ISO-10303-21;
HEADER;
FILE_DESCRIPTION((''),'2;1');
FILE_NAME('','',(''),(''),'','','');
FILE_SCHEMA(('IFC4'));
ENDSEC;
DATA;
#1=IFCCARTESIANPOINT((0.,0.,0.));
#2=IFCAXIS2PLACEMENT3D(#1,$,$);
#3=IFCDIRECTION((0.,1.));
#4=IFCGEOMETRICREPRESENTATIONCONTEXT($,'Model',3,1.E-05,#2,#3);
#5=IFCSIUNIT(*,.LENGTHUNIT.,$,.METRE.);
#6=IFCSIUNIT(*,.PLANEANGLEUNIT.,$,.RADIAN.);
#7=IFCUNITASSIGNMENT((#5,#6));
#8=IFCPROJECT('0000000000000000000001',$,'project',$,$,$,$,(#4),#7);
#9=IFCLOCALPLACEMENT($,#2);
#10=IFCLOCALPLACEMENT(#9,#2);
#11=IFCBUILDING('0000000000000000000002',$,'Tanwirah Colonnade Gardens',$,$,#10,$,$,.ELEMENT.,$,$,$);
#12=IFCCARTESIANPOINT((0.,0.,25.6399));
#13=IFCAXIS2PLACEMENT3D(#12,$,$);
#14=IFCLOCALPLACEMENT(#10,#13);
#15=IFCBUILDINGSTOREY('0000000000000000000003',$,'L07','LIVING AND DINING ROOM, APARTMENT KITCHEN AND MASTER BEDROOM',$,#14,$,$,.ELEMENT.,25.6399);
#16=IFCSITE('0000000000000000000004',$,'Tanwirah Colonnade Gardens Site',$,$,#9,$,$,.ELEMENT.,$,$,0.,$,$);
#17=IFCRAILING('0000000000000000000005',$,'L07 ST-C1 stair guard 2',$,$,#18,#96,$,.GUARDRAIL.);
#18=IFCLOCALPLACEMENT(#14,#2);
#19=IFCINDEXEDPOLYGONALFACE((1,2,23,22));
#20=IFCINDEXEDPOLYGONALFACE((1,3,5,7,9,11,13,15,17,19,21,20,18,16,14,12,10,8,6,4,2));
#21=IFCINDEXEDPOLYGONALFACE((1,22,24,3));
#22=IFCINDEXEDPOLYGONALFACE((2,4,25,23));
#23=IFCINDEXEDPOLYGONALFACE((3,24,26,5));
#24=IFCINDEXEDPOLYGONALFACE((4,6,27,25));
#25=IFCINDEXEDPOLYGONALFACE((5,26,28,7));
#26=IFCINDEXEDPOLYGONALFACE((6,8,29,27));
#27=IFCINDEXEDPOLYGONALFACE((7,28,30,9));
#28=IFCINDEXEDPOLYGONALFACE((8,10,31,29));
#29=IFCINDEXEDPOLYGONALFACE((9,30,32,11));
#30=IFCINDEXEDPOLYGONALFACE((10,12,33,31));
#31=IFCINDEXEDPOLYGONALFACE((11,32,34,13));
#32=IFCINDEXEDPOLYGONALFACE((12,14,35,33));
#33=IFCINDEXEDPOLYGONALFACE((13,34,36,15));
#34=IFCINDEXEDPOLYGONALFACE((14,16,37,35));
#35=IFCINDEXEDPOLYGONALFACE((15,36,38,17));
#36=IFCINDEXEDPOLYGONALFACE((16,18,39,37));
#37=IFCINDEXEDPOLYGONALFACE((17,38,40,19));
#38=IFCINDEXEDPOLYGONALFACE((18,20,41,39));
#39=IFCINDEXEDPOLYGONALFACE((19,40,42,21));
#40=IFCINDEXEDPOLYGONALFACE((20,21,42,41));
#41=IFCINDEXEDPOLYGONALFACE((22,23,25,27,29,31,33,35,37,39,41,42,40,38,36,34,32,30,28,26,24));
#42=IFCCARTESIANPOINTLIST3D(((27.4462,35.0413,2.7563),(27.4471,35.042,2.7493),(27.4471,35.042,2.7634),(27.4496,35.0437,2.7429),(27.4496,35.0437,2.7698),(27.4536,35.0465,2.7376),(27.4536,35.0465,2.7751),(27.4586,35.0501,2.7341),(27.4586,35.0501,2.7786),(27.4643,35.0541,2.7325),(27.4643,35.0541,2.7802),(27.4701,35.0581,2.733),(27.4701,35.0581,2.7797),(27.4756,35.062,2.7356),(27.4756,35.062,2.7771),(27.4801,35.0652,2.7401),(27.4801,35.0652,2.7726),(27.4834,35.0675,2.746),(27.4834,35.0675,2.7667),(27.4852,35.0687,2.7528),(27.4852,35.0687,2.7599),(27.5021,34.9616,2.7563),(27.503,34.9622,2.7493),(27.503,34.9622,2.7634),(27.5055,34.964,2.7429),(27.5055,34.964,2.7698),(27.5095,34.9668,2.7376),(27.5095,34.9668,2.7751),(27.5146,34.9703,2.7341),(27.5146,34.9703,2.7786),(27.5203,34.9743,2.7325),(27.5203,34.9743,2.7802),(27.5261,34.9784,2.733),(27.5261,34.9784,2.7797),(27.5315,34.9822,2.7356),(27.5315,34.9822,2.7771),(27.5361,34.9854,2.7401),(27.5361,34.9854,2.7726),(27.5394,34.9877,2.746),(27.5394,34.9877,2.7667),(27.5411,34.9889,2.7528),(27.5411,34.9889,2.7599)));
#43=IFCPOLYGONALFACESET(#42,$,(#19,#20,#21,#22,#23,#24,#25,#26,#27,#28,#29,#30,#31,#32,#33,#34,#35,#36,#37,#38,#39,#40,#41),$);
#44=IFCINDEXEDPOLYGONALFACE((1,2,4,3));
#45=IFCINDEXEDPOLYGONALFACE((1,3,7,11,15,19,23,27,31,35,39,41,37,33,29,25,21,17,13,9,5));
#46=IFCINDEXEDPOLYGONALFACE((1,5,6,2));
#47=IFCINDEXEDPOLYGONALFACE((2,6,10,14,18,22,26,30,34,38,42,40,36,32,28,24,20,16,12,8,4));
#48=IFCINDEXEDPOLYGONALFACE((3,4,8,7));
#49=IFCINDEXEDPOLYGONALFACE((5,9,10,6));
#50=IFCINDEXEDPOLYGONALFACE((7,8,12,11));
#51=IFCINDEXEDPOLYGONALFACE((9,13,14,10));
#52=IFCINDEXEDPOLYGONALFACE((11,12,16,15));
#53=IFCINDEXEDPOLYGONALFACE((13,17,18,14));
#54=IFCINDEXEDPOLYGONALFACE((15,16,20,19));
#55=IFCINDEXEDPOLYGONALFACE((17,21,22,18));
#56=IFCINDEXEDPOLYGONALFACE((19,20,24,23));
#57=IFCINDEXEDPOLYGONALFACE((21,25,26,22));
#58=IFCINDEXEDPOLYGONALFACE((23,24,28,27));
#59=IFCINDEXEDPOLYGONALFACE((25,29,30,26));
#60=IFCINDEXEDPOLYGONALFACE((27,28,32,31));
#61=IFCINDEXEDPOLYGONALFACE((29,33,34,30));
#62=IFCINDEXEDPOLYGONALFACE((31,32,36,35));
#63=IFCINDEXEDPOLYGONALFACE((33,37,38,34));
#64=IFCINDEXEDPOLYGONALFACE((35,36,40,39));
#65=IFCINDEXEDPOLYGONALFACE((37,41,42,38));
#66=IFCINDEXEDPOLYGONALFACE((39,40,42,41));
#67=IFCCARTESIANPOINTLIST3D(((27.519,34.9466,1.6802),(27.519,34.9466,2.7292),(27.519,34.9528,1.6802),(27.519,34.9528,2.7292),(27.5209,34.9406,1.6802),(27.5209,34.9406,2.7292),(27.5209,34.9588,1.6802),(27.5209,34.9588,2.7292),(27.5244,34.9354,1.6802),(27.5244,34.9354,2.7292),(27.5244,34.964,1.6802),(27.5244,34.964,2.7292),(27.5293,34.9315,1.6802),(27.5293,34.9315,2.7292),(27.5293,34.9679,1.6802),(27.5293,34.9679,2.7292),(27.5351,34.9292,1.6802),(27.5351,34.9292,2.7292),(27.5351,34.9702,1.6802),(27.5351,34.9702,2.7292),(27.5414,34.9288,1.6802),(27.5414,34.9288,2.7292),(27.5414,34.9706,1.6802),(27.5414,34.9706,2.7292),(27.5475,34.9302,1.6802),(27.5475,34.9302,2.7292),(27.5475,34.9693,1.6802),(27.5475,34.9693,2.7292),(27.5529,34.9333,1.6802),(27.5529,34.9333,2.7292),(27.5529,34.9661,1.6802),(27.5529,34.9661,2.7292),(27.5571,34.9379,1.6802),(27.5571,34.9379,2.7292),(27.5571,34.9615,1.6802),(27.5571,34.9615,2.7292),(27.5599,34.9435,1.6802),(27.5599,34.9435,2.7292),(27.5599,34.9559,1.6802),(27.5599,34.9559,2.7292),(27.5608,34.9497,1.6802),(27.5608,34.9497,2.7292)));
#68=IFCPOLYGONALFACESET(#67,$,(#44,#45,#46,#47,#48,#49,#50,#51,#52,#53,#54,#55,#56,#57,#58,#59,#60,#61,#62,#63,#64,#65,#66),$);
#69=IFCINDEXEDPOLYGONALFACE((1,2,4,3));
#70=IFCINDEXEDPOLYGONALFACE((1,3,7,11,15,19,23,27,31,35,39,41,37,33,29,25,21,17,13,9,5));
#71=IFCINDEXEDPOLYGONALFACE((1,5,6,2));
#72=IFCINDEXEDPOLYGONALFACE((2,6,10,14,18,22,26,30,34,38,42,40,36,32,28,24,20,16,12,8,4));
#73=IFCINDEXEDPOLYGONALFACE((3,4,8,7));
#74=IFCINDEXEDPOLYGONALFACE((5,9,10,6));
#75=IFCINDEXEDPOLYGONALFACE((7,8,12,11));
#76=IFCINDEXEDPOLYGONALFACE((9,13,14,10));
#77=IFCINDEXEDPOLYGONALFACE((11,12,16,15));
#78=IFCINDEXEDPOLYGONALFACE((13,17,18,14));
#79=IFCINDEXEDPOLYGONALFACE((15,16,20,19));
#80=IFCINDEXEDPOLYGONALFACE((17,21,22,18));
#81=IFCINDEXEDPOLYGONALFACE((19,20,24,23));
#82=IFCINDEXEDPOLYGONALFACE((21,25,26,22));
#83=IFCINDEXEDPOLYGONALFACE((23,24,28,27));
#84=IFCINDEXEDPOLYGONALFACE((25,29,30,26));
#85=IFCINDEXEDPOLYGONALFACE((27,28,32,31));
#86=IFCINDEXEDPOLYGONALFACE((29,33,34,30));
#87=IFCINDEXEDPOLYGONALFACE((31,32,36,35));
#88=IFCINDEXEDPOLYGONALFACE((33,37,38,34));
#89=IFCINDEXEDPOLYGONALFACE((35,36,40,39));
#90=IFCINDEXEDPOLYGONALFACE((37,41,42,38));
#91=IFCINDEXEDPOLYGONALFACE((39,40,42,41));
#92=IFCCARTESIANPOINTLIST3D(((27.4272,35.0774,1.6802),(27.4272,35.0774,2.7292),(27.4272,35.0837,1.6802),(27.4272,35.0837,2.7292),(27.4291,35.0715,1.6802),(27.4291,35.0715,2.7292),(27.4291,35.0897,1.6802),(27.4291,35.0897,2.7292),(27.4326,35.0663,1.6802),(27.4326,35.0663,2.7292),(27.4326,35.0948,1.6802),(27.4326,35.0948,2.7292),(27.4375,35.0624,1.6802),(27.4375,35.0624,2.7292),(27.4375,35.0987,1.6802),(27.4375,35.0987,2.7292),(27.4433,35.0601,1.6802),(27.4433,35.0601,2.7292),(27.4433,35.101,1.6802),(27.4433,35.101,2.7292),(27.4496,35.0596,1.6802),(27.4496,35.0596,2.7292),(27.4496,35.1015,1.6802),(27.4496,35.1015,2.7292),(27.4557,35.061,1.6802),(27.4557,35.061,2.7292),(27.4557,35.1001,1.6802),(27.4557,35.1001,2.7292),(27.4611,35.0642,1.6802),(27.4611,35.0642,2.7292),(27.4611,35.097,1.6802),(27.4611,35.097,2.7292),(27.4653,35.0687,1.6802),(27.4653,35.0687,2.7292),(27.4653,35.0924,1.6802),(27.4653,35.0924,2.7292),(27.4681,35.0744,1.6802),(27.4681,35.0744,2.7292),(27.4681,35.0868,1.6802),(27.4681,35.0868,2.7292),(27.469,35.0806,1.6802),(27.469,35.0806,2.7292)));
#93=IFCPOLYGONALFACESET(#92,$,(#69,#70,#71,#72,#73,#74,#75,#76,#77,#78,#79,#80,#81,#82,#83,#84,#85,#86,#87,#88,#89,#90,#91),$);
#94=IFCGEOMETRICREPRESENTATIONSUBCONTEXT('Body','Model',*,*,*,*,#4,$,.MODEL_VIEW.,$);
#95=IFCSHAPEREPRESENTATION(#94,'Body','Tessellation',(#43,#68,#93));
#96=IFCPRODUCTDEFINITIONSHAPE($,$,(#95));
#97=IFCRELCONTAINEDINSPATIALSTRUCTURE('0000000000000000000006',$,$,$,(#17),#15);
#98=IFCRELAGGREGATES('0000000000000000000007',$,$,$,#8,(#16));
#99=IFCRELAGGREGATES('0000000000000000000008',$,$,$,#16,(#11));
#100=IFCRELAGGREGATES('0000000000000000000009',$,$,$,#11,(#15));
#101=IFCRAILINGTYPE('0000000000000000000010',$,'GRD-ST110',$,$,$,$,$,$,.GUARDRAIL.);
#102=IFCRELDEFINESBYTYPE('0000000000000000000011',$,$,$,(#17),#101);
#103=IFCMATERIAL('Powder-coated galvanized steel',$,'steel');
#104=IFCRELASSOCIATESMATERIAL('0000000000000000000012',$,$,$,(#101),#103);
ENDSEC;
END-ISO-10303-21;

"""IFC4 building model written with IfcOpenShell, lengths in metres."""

from ifc_helpers import new_model, si_unit, direction, frame, origin, origin_2d, place, context, subcontext, project, spatial, circle, extrude, material, type_object, element, save


model = new_model("IFC4")

# Units and contexts
model_context = context("Model", 3, precision=1e-05, world=origin(), true_north=direction((0.0, 1.0)))
body_context = subcontext(model_context, "Body", "Model", "MODEL_VIEW")
ifc_project = project(units=[si_unit("LENGTHUNIT", "METRE"), si_unit("PLANEANGLEUNIT", "RADIAN")], contexts=[model_context])

# Site, building, storey
site_placement = place(None, origin())
site = spatial("IfcSite", under=ifc_project, at=site_placement, Name="Tanwirah Colonnade Gardens Site", CompositionType="ELEMENT", RefElevation=0.0)
building_placement = place(site_placement, origin())
building = spatial("IfcBuilding", under=site, at=building_placement, Name="Tanwirah Colonnade Gardens", CompositionType="ELEMENT")
storey_placement = place(building_placement, frame((0.0, 0.0, 25.6399)))
storey = spatial("IfcBuildingStorey", under=building, at=storey_placement, Name="L07", Description="LIVING AND DINING ROOM, APARTMENT KITCHEN AND MASTER BEDROOM", CompositionType="ELEMENT", Elevation=25.6399)

# Railing
ifc_material_1 = material(Name="Powder-coated galvanized steel", Category="steel")
railing_type_1 = type_object("IfcRailingType", Name="GRD-ST110", PredefinedType="GUARDRAIL", material=ifc_material_1)
railing_1_placement = place(storey_placement, frame((27.5398, 34.9497, 1.6802)))
element("IfcRailing", 1, at=railing_1_placement, inside=storey, type_object=railing_type_1, Name="L07 ST-C1 stair guard 2", PredefinedType="GUARDRAIL", context=body_context, shape_type="SweptSolid", body=[
    extrude(circle(Radius=0.0239, at=origin_2d()), frame((-0.0181, 0.0256, 1.0762), z_axis=(-0.574282, 0.818657, 0.0), x_axis=(-0.818657, -0.574282, 0.0)), (0.0, 0.0, 1.0), 0.0974),
    extrude(circle(Radius=0.021, at=origin_2d()), origin(), (0.0, 0.0, 1.0), 1.0491),
    extrude(circle(Radius=0.021, at=origin_2d()), frame((-0.0918, 0.1309, 0.0)), (0.0, 0.0, 1.0), 1.0491),
])

save(model, "model.ifc")
